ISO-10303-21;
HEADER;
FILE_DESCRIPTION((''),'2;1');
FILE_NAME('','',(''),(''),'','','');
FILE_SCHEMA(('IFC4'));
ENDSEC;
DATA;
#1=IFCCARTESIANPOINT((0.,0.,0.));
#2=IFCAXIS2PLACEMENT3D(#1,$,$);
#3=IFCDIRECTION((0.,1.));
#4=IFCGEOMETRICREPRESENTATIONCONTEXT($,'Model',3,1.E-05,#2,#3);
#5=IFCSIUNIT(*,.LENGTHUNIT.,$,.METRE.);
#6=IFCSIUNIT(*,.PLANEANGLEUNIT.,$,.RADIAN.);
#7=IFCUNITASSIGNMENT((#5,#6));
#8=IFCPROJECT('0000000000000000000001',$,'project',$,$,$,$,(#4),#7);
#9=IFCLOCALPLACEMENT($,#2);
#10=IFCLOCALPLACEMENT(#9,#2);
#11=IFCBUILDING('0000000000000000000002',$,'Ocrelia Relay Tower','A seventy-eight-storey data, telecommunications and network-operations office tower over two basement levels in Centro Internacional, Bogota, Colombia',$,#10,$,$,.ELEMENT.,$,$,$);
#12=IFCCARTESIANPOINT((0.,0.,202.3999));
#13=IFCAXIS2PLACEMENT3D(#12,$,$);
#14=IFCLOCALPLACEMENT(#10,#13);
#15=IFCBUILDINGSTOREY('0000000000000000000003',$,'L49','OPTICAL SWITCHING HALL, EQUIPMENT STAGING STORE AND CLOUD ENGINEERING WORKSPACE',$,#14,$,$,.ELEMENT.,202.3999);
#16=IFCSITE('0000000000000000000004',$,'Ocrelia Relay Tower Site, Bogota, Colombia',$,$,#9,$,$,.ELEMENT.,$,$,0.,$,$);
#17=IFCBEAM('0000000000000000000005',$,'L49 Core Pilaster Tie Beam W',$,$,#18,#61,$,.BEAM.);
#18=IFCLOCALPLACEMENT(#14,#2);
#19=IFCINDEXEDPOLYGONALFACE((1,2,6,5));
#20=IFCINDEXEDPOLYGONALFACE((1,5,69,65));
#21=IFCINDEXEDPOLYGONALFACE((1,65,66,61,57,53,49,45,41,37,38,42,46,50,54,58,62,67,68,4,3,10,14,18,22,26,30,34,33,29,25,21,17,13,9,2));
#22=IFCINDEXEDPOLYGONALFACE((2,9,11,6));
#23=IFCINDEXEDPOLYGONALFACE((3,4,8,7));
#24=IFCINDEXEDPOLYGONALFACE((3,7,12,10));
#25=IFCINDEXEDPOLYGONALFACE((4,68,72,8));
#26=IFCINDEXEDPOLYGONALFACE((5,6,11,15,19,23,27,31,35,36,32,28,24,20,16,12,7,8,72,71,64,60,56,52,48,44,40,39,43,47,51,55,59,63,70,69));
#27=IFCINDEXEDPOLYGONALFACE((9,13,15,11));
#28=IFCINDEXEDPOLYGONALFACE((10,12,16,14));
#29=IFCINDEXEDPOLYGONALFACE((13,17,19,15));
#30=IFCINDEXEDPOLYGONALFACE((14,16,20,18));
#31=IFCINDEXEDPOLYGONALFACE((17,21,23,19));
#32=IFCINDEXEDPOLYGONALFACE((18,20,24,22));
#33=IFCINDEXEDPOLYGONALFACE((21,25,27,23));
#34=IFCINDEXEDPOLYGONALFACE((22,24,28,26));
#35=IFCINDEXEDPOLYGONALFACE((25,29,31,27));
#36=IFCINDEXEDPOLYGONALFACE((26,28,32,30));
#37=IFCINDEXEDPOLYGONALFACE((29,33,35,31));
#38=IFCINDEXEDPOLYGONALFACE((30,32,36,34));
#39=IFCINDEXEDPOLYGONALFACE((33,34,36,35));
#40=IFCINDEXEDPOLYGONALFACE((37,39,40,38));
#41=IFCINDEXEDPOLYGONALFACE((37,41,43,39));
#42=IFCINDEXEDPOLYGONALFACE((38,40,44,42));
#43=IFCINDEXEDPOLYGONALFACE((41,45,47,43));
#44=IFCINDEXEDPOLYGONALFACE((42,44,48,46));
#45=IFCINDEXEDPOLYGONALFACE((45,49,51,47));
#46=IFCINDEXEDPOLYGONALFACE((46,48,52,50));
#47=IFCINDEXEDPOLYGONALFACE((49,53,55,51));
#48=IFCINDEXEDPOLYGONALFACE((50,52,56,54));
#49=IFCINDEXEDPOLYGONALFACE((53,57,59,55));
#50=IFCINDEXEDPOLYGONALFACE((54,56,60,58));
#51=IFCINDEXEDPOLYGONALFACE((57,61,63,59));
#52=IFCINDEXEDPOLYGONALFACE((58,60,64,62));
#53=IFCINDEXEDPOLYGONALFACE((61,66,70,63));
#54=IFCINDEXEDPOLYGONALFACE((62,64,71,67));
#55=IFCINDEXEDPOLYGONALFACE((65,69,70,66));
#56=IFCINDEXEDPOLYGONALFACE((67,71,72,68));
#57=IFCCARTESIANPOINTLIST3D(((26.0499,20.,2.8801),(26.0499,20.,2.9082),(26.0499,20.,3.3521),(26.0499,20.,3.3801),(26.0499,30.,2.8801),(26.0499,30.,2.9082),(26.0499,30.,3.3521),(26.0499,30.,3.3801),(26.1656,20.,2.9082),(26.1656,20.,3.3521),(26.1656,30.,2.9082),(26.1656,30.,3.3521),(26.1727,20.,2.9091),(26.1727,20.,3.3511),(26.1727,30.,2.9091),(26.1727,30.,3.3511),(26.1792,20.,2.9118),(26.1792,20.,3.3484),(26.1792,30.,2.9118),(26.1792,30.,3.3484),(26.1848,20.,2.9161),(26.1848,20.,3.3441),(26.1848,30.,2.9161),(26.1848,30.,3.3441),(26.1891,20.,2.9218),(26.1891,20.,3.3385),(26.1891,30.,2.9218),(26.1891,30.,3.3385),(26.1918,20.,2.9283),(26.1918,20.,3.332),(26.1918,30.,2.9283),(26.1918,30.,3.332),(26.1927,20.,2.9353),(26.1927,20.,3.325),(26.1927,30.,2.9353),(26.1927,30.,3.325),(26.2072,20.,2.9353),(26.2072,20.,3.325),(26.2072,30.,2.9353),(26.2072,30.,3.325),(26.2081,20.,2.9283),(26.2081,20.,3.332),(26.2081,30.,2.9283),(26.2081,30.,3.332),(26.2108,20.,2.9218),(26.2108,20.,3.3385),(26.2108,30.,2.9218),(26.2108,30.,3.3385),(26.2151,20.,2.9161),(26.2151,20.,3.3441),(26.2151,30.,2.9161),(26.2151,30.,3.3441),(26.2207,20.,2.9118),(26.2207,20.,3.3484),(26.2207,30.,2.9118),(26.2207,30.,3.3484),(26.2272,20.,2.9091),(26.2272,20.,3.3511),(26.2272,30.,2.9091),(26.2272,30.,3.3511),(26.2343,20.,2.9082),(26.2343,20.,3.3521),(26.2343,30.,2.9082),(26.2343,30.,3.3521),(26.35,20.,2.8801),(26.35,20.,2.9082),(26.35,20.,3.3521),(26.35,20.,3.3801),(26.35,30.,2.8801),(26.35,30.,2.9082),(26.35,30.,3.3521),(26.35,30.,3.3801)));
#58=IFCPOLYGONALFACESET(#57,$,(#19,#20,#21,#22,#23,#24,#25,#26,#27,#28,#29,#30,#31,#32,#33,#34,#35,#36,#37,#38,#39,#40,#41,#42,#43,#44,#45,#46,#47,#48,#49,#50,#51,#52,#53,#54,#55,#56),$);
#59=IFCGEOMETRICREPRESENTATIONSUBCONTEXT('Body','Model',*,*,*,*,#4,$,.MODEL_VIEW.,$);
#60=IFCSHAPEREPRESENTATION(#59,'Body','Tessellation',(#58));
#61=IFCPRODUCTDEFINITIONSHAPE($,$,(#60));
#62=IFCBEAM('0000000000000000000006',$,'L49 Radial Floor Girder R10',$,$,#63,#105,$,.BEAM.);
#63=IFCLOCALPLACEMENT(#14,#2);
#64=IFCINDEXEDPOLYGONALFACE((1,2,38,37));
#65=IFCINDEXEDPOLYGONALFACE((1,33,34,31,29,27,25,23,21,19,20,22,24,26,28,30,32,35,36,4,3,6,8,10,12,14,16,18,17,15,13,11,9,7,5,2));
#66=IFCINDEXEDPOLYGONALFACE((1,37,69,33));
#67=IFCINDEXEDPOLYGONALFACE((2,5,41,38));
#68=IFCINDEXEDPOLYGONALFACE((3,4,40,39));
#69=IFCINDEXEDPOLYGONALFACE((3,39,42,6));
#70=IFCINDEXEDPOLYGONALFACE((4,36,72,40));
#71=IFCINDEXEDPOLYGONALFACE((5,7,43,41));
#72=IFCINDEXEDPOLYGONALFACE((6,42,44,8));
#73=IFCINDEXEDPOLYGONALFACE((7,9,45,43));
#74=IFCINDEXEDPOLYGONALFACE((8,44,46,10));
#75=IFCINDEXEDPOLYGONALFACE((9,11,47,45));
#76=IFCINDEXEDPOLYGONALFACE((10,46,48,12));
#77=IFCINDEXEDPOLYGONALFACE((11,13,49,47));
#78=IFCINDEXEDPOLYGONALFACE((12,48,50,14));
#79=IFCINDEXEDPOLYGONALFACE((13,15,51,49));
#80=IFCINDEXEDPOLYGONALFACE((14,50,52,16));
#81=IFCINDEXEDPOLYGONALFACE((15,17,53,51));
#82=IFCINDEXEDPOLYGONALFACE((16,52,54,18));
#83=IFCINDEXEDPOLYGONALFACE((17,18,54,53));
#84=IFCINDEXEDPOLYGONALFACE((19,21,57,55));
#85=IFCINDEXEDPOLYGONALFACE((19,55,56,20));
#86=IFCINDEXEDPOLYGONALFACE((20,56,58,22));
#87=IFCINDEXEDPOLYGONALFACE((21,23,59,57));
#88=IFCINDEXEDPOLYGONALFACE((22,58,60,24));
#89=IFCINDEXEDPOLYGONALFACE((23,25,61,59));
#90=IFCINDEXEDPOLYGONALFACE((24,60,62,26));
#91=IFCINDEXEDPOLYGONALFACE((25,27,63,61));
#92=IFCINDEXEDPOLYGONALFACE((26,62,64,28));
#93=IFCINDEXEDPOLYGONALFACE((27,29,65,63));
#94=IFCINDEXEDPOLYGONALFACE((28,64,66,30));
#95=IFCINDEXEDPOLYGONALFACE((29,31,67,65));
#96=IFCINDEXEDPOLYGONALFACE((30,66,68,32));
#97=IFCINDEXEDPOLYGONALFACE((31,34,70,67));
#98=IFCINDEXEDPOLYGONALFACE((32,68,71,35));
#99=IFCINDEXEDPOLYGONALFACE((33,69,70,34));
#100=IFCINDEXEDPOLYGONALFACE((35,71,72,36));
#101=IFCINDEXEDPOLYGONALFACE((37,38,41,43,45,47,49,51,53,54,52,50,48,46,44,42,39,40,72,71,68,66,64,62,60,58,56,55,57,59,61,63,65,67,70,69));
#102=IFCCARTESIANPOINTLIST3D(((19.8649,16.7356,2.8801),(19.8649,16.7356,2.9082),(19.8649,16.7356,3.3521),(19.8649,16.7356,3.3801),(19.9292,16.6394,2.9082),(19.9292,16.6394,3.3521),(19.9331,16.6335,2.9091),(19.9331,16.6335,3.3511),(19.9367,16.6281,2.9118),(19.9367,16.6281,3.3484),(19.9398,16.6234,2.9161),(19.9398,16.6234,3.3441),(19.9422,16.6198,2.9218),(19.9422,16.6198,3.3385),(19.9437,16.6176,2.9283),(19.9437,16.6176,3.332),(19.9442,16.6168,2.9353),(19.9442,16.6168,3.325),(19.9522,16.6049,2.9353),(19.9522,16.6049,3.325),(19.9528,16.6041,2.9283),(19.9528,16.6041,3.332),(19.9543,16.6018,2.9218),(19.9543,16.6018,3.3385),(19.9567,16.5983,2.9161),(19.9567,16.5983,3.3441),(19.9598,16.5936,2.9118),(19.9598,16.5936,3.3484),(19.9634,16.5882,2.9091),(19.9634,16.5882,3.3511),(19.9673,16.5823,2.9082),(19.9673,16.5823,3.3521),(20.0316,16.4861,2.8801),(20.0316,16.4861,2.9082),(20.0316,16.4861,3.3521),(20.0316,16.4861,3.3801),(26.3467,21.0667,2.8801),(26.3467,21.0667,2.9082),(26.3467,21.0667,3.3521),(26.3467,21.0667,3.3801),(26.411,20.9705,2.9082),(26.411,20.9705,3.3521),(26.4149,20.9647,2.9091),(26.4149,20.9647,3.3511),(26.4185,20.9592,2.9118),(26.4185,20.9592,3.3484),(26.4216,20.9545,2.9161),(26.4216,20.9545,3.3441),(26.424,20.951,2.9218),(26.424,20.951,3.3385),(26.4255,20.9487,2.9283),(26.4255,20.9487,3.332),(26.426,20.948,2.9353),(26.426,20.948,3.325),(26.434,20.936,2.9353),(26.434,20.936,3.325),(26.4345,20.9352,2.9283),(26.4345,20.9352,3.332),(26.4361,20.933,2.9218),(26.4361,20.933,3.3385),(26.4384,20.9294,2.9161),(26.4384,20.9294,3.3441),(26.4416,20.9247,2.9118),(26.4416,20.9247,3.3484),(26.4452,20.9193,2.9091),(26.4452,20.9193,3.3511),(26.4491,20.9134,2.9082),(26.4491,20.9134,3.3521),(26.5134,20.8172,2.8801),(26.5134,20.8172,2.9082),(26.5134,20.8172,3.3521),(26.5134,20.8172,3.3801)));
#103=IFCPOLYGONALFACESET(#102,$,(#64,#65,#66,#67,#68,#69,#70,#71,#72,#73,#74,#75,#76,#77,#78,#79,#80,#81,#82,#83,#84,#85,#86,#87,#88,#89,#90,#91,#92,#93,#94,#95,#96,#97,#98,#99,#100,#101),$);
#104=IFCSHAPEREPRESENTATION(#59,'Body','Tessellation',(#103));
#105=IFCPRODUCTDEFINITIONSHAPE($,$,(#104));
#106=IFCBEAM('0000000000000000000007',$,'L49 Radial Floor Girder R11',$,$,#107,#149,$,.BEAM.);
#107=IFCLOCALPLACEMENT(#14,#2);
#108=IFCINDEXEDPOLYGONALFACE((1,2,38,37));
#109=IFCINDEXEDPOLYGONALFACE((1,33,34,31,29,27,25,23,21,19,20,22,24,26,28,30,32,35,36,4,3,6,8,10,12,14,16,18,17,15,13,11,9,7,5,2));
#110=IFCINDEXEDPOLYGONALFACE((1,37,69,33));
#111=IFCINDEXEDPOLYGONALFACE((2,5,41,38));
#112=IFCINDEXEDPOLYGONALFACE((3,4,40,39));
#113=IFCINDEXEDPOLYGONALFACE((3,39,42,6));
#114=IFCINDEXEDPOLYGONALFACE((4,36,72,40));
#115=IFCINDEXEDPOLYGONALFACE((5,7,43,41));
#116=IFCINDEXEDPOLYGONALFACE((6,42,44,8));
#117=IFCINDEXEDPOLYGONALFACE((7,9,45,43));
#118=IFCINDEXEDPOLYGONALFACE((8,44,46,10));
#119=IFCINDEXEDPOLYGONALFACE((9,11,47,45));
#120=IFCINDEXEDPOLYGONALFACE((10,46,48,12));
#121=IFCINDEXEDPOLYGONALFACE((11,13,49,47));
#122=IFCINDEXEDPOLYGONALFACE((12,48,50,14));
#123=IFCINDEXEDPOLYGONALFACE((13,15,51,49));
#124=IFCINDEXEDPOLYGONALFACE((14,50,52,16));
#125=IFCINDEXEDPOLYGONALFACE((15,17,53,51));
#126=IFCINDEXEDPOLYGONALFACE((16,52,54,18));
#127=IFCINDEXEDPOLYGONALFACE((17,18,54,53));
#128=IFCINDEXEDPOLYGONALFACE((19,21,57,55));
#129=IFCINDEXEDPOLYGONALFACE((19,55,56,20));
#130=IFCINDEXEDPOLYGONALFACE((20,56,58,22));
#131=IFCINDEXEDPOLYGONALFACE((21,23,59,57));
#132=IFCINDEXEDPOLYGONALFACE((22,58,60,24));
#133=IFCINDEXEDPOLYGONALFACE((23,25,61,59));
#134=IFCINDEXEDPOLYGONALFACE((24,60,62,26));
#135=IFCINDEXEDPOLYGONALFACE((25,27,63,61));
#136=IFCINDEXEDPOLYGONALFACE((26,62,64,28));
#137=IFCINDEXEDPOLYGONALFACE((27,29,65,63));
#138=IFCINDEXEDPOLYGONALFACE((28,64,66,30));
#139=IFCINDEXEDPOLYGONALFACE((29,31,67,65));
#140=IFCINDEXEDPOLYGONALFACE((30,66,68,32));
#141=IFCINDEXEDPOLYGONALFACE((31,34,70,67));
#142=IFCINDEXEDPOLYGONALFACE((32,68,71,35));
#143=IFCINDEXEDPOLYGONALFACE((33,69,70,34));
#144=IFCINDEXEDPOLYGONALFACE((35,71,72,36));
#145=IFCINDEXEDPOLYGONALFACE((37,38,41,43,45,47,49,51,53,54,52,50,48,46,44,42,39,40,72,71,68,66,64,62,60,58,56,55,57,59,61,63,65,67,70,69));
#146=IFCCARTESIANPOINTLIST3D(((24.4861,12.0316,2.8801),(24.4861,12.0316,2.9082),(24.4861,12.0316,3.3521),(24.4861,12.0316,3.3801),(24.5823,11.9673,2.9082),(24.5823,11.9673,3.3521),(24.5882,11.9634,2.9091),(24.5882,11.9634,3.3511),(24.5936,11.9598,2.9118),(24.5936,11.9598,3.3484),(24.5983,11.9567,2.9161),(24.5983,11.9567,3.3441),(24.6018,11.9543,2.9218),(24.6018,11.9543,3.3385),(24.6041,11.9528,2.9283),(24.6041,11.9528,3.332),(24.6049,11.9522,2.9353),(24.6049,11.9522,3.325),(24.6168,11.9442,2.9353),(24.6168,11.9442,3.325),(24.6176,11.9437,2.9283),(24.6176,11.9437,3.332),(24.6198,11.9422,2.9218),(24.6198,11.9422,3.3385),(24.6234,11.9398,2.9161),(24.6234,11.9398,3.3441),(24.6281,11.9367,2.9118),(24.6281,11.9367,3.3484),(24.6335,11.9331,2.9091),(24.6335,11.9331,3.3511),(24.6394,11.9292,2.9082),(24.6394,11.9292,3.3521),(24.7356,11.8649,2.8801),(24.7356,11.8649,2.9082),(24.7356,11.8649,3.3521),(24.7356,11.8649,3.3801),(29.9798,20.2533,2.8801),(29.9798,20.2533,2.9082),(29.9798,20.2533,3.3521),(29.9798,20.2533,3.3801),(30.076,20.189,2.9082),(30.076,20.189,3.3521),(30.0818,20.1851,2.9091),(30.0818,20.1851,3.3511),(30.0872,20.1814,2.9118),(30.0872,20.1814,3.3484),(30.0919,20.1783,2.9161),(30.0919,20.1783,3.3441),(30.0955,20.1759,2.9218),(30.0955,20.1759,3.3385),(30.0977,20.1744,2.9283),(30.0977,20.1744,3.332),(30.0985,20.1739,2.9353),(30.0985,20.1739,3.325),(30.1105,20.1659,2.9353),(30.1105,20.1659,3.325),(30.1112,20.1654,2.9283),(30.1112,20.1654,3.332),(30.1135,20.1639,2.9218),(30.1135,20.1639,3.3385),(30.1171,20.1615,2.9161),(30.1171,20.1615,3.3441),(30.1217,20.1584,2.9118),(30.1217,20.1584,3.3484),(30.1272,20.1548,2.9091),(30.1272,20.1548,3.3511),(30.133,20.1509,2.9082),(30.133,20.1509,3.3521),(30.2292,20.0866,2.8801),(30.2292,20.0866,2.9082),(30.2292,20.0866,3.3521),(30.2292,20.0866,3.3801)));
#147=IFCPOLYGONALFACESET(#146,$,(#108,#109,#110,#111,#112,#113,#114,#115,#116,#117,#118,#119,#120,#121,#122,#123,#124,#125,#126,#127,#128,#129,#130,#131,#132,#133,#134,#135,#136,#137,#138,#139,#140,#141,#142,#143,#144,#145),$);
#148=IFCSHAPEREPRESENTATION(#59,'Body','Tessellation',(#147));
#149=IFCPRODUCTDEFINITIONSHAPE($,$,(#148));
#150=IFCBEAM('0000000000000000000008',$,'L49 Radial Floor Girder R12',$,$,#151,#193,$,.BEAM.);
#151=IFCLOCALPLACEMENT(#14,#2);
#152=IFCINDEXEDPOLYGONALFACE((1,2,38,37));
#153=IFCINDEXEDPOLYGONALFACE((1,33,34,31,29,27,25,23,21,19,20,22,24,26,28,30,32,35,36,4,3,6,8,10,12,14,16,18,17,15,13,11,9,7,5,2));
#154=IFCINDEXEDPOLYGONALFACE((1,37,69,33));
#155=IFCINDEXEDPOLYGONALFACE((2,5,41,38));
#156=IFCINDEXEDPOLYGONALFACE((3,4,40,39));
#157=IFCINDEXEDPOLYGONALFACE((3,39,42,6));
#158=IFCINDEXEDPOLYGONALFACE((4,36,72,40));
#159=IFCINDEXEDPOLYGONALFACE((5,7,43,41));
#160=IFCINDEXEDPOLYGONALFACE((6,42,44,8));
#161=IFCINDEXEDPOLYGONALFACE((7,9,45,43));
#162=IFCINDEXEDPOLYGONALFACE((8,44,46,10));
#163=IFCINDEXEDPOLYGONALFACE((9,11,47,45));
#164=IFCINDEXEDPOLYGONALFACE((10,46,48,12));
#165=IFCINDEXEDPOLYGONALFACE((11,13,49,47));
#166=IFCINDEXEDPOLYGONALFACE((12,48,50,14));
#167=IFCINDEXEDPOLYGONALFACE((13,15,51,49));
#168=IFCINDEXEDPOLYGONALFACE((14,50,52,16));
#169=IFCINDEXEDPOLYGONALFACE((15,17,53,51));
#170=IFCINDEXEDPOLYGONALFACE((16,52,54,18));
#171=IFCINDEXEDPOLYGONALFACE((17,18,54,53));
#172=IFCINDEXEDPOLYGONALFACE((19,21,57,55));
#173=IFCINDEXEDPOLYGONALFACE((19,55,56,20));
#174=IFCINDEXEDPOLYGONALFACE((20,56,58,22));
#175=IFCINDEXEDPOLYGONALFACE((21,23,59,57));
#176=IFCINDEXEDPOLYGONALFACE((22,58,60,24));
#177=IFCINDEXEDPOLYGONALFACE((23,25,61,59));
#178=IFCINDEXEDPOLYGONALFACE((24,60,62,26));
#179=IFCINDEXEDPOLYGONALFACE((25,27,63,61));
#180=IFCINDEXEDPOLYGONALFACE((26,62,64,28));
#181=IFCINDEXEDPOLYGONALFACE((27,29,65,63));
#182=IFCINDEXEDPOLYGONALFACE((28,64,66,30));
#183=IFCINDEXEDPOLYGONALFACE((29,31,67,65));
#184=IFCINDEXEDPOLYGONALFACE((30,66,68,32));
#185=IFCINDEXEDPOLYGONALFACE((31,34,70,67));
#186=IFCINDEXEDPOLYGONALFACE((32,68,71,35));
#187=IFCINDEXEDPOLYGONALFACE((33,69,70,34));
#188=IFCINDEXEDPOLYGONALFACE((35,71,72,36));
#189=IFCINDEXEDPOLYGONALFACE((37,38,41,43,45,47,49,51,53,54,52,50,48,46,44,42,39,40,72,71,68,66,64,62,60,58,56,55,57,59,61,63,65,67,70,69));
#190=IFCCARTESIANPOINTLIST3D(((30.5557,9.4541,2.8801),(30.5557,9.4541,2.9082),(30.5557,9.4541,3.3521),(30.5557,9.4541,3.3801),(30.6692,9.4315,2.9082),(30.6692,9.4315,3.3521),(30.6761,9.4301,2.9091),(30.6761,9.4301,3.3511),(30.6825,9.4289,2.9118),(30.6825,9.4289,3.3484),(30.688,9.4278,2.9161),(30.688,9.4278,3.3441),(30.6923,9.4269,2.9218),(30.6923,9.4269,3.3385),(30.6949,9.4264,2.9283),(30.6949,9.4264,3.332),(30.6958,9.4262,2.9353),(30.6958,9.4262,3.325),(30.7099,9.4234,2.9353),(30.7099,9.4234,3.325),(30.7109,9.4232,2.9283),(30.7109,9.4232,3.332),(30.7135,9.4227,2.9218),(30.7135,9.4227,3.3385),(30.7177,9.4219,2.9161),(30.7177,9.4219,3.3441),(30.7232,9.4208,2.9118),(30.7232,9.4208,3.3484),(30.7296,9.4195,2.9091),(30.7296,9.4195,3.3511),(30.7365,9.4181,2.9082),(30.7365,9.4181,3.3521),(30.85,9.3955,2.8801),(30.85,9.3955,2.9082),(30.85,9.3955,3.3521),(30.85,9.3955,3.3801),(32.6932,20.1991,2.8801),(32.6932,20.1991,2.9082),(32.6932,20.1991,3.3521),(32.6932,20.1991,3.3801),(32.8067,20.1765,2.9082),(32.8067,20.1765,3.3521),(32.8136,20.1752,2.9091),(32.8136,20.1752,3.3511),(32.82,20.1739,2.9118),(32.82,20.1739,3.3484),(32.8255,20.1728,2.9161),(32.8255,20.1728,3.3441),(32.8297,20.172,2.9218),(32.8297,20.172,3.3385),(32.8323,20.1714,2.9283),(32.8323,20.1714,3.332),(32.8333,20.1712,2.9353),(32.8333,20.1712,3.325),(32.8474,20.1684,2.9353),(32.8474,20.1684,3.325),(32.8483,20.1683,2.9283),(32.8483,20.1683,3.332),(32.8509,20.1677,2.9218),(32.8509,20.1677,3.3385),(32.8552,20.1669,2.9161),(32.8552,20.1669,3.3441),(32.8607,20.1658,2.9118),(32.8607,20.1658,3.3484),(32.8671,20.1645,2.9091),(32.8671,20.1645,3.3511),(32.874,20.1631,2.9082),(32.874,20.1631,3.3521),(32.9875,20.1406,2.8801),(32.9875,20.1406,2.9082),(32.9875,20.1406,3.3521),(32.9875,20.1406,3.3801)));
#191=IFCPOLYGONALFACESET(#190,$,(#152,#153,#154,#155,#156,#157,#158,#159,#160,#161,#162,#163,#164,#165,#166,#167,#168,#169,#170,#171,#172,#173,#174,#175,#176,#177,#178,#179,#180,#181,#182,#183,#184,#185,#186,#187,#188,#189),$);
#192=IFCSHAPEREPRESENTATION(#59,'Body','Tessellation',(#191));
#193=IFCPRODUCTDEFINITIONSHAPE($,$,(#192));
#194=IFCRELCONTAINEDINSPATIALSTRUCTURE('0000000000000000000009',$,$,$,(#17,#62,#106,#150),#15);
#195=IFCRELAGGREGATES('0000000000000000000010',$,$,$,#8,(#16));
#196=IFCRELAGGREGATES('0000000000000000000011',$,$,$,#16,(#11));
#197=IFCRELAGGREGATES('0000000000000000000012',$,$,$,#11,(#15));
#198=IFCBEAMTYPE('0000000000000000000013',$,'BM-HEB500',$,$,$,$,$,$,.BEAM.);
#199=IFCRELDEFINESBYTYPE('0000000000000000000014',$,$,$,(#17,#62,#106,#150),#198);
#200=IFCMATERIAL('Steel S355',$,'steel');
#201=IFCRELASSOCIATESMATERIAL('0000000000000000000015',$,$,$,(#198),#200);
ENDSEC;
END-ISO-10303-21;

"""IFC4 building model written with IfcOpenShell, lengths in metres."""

from ifc_helpers import new_model, si_unit, direction, frame, origin, origin_2d, place, context, subcontext, project, spatial, i_section, extrude, material, material_profile, profile_set, type_object, element, save


model = new_model("IFC4")

# Units and contexts
model_context = context("Model", 3, precision=1e-05, world=origin(), true_north=direction((0.0, 1.0)))
body_context = subcontext(model_context, "Body", "Model", "MODEL_VIEW")
ifc_project = project(units=[si_unit("LENGTHUNIT", "METRE"), si_unit("PLANEANGLEUNIT", "RADIAN")], contexts=[model_context])

# Site, building, storey
site_placement = place(None, origin())
site = spatial("IfcSite", under=ifc_project, at=site_placement, Name="Ocrelia Relay Tower Site, Bogota, Colombia", CompositionType="ELEMENT", RefElevation=0.0)
building_placement = place(site_placement, origin())
building = spatial("IfcBuilding", under=site, at=building_placement, Name="Ocrelia Relay Tower", Description="A seventy-eight-storey data, telecommunications and network-operations office tower over two basement levels in Centro Internacional, Bogota, Colombia", CompositionType="ELEMENT")
storey_placement = place(building_placement, frame((0.0, 0.0, 202.3999)))
storey = spatial("IfcBuildingStorey", under=building, at=storey_placement, Name="L49", Description="OPTICAL SWITCHING HALL, EQUIPMENT STAGING STORE AND CLOUD ENGINEERING WORKSPACE", CompositionType="ELEMENT", Elevation=202.3999)

# Beams
ifc_material_1 = material(Name="Steel S355", Category="steel")
ifc_material_profile_1 = material_profile(ifc_material_1, i_section(OverallWidth=0.3, OverallDepth=0.5, WebThickness=0.0144, FlangeThickness=0.0281, FilletRadius=0.0271, at=origin_2d()), Name="HEB 500")
ifc_profile_set_1 = profile_set([ifc_material_profile_1], Name="Steel S355")
beam_type_1 = type_object("IfcBeamType", Name="BM-HEB500", PredefinedType="BEAM", material=ifc_profile_set_1)
beam_1_placement = place(storey_placement, frame((26.2, 20.0, 3.1301), z_axis=(0.0, 1.0, 0.0), x_axis=(-1.0, 0.0, 0.0)))
element("IfcBeam", 1, at=beam_1_placement, inside=storey, type_object=beam_type_1, Name="L49 Core Pilaster Tie Beam W", PredefinedType="BEAM", context=body_context, shape_type="SweptSolid", body=[
    extrude(i_section(OverallWidth=0.3, OverallDepth=0.5, WebThickness=0.0144, FlangeThickness=0.0281, FilletRadius=0.0271, at=origin_2d()), origin(), (0.0, 0.0, 1.0), 10.0),
])
beam_2_placement = place(storey_placement, frame((19.9482, 16.6108, 3.1301), z_axis=(0.831462, 0.555582, 0.0), x_axis=(-0.555582, 0.831462, 0.0)))
element("IfcBeam", 2, at=beam_2_placement, inside=storey, type_object=beam_type_1, Name="L49 Radial Floor Girder R10", PredefinedType="BEAM", context=body_context, shape_type="SweptSolid", body=[
    extrude(i_section(OverallWidth=0.3, OverallDepth=0.5, WebThickness=0.0144, FlangeThickness=0.0281, FilletRadius=0.0271, at=origin_2d()), origin(), (0.0, 0.0, 1.0), 7.7957),
])
beam_3_placement = place(storey_placement, frame((24.6108, 11.9482, 3.1301), z_axis=(0.555577, 0.831465, 0.0), x_axis=(-0.831465, 0.555577, 0.0)))
element("IfcBeam", 3, at=beam_3_placement, inside=storey, type_object=beam_type_1, Name="L49 Radial Floor Girder R11", PredefinedType="BEAM", context=body_context, shape_type="SweptSolid", body=[
    extrude(i_section(OverallWidth=0.3, OverallDepth=0.5, WebThickness=0.0144, FlangeThickness=0.0281, FilletRadius=0.0271, at=origin_2d()), origin(), (0.0, 0.0, 1.0), 9.8882),
])
beam_4_placement = place(storey_placement, frame((30.7029, 9.4248, 3.1301), z_axis=(0.1951, 0.980783, 0.0), x_axis=(-0.980783, 0.1951, 0.0)))
element("IfcBeam", 4, at=beam_4_placement, inside=storey, type_object=beam_type_1, Name="L49 Radial Floor Girder R12", PredefinedType="BEAM", context=body_context, shape_type="SweptSolid", body=[
    extrude(i_section(OverallWidth=0.3, OverallDepth=0.5, WebThickness=0.0144, FlangeThickness=0.0281, FilletRadius=0.0271, at=origin_2d()), origin(), (0.0, 0.0, 1.0), 10.9556),
])

save(model, "model.ifc")
